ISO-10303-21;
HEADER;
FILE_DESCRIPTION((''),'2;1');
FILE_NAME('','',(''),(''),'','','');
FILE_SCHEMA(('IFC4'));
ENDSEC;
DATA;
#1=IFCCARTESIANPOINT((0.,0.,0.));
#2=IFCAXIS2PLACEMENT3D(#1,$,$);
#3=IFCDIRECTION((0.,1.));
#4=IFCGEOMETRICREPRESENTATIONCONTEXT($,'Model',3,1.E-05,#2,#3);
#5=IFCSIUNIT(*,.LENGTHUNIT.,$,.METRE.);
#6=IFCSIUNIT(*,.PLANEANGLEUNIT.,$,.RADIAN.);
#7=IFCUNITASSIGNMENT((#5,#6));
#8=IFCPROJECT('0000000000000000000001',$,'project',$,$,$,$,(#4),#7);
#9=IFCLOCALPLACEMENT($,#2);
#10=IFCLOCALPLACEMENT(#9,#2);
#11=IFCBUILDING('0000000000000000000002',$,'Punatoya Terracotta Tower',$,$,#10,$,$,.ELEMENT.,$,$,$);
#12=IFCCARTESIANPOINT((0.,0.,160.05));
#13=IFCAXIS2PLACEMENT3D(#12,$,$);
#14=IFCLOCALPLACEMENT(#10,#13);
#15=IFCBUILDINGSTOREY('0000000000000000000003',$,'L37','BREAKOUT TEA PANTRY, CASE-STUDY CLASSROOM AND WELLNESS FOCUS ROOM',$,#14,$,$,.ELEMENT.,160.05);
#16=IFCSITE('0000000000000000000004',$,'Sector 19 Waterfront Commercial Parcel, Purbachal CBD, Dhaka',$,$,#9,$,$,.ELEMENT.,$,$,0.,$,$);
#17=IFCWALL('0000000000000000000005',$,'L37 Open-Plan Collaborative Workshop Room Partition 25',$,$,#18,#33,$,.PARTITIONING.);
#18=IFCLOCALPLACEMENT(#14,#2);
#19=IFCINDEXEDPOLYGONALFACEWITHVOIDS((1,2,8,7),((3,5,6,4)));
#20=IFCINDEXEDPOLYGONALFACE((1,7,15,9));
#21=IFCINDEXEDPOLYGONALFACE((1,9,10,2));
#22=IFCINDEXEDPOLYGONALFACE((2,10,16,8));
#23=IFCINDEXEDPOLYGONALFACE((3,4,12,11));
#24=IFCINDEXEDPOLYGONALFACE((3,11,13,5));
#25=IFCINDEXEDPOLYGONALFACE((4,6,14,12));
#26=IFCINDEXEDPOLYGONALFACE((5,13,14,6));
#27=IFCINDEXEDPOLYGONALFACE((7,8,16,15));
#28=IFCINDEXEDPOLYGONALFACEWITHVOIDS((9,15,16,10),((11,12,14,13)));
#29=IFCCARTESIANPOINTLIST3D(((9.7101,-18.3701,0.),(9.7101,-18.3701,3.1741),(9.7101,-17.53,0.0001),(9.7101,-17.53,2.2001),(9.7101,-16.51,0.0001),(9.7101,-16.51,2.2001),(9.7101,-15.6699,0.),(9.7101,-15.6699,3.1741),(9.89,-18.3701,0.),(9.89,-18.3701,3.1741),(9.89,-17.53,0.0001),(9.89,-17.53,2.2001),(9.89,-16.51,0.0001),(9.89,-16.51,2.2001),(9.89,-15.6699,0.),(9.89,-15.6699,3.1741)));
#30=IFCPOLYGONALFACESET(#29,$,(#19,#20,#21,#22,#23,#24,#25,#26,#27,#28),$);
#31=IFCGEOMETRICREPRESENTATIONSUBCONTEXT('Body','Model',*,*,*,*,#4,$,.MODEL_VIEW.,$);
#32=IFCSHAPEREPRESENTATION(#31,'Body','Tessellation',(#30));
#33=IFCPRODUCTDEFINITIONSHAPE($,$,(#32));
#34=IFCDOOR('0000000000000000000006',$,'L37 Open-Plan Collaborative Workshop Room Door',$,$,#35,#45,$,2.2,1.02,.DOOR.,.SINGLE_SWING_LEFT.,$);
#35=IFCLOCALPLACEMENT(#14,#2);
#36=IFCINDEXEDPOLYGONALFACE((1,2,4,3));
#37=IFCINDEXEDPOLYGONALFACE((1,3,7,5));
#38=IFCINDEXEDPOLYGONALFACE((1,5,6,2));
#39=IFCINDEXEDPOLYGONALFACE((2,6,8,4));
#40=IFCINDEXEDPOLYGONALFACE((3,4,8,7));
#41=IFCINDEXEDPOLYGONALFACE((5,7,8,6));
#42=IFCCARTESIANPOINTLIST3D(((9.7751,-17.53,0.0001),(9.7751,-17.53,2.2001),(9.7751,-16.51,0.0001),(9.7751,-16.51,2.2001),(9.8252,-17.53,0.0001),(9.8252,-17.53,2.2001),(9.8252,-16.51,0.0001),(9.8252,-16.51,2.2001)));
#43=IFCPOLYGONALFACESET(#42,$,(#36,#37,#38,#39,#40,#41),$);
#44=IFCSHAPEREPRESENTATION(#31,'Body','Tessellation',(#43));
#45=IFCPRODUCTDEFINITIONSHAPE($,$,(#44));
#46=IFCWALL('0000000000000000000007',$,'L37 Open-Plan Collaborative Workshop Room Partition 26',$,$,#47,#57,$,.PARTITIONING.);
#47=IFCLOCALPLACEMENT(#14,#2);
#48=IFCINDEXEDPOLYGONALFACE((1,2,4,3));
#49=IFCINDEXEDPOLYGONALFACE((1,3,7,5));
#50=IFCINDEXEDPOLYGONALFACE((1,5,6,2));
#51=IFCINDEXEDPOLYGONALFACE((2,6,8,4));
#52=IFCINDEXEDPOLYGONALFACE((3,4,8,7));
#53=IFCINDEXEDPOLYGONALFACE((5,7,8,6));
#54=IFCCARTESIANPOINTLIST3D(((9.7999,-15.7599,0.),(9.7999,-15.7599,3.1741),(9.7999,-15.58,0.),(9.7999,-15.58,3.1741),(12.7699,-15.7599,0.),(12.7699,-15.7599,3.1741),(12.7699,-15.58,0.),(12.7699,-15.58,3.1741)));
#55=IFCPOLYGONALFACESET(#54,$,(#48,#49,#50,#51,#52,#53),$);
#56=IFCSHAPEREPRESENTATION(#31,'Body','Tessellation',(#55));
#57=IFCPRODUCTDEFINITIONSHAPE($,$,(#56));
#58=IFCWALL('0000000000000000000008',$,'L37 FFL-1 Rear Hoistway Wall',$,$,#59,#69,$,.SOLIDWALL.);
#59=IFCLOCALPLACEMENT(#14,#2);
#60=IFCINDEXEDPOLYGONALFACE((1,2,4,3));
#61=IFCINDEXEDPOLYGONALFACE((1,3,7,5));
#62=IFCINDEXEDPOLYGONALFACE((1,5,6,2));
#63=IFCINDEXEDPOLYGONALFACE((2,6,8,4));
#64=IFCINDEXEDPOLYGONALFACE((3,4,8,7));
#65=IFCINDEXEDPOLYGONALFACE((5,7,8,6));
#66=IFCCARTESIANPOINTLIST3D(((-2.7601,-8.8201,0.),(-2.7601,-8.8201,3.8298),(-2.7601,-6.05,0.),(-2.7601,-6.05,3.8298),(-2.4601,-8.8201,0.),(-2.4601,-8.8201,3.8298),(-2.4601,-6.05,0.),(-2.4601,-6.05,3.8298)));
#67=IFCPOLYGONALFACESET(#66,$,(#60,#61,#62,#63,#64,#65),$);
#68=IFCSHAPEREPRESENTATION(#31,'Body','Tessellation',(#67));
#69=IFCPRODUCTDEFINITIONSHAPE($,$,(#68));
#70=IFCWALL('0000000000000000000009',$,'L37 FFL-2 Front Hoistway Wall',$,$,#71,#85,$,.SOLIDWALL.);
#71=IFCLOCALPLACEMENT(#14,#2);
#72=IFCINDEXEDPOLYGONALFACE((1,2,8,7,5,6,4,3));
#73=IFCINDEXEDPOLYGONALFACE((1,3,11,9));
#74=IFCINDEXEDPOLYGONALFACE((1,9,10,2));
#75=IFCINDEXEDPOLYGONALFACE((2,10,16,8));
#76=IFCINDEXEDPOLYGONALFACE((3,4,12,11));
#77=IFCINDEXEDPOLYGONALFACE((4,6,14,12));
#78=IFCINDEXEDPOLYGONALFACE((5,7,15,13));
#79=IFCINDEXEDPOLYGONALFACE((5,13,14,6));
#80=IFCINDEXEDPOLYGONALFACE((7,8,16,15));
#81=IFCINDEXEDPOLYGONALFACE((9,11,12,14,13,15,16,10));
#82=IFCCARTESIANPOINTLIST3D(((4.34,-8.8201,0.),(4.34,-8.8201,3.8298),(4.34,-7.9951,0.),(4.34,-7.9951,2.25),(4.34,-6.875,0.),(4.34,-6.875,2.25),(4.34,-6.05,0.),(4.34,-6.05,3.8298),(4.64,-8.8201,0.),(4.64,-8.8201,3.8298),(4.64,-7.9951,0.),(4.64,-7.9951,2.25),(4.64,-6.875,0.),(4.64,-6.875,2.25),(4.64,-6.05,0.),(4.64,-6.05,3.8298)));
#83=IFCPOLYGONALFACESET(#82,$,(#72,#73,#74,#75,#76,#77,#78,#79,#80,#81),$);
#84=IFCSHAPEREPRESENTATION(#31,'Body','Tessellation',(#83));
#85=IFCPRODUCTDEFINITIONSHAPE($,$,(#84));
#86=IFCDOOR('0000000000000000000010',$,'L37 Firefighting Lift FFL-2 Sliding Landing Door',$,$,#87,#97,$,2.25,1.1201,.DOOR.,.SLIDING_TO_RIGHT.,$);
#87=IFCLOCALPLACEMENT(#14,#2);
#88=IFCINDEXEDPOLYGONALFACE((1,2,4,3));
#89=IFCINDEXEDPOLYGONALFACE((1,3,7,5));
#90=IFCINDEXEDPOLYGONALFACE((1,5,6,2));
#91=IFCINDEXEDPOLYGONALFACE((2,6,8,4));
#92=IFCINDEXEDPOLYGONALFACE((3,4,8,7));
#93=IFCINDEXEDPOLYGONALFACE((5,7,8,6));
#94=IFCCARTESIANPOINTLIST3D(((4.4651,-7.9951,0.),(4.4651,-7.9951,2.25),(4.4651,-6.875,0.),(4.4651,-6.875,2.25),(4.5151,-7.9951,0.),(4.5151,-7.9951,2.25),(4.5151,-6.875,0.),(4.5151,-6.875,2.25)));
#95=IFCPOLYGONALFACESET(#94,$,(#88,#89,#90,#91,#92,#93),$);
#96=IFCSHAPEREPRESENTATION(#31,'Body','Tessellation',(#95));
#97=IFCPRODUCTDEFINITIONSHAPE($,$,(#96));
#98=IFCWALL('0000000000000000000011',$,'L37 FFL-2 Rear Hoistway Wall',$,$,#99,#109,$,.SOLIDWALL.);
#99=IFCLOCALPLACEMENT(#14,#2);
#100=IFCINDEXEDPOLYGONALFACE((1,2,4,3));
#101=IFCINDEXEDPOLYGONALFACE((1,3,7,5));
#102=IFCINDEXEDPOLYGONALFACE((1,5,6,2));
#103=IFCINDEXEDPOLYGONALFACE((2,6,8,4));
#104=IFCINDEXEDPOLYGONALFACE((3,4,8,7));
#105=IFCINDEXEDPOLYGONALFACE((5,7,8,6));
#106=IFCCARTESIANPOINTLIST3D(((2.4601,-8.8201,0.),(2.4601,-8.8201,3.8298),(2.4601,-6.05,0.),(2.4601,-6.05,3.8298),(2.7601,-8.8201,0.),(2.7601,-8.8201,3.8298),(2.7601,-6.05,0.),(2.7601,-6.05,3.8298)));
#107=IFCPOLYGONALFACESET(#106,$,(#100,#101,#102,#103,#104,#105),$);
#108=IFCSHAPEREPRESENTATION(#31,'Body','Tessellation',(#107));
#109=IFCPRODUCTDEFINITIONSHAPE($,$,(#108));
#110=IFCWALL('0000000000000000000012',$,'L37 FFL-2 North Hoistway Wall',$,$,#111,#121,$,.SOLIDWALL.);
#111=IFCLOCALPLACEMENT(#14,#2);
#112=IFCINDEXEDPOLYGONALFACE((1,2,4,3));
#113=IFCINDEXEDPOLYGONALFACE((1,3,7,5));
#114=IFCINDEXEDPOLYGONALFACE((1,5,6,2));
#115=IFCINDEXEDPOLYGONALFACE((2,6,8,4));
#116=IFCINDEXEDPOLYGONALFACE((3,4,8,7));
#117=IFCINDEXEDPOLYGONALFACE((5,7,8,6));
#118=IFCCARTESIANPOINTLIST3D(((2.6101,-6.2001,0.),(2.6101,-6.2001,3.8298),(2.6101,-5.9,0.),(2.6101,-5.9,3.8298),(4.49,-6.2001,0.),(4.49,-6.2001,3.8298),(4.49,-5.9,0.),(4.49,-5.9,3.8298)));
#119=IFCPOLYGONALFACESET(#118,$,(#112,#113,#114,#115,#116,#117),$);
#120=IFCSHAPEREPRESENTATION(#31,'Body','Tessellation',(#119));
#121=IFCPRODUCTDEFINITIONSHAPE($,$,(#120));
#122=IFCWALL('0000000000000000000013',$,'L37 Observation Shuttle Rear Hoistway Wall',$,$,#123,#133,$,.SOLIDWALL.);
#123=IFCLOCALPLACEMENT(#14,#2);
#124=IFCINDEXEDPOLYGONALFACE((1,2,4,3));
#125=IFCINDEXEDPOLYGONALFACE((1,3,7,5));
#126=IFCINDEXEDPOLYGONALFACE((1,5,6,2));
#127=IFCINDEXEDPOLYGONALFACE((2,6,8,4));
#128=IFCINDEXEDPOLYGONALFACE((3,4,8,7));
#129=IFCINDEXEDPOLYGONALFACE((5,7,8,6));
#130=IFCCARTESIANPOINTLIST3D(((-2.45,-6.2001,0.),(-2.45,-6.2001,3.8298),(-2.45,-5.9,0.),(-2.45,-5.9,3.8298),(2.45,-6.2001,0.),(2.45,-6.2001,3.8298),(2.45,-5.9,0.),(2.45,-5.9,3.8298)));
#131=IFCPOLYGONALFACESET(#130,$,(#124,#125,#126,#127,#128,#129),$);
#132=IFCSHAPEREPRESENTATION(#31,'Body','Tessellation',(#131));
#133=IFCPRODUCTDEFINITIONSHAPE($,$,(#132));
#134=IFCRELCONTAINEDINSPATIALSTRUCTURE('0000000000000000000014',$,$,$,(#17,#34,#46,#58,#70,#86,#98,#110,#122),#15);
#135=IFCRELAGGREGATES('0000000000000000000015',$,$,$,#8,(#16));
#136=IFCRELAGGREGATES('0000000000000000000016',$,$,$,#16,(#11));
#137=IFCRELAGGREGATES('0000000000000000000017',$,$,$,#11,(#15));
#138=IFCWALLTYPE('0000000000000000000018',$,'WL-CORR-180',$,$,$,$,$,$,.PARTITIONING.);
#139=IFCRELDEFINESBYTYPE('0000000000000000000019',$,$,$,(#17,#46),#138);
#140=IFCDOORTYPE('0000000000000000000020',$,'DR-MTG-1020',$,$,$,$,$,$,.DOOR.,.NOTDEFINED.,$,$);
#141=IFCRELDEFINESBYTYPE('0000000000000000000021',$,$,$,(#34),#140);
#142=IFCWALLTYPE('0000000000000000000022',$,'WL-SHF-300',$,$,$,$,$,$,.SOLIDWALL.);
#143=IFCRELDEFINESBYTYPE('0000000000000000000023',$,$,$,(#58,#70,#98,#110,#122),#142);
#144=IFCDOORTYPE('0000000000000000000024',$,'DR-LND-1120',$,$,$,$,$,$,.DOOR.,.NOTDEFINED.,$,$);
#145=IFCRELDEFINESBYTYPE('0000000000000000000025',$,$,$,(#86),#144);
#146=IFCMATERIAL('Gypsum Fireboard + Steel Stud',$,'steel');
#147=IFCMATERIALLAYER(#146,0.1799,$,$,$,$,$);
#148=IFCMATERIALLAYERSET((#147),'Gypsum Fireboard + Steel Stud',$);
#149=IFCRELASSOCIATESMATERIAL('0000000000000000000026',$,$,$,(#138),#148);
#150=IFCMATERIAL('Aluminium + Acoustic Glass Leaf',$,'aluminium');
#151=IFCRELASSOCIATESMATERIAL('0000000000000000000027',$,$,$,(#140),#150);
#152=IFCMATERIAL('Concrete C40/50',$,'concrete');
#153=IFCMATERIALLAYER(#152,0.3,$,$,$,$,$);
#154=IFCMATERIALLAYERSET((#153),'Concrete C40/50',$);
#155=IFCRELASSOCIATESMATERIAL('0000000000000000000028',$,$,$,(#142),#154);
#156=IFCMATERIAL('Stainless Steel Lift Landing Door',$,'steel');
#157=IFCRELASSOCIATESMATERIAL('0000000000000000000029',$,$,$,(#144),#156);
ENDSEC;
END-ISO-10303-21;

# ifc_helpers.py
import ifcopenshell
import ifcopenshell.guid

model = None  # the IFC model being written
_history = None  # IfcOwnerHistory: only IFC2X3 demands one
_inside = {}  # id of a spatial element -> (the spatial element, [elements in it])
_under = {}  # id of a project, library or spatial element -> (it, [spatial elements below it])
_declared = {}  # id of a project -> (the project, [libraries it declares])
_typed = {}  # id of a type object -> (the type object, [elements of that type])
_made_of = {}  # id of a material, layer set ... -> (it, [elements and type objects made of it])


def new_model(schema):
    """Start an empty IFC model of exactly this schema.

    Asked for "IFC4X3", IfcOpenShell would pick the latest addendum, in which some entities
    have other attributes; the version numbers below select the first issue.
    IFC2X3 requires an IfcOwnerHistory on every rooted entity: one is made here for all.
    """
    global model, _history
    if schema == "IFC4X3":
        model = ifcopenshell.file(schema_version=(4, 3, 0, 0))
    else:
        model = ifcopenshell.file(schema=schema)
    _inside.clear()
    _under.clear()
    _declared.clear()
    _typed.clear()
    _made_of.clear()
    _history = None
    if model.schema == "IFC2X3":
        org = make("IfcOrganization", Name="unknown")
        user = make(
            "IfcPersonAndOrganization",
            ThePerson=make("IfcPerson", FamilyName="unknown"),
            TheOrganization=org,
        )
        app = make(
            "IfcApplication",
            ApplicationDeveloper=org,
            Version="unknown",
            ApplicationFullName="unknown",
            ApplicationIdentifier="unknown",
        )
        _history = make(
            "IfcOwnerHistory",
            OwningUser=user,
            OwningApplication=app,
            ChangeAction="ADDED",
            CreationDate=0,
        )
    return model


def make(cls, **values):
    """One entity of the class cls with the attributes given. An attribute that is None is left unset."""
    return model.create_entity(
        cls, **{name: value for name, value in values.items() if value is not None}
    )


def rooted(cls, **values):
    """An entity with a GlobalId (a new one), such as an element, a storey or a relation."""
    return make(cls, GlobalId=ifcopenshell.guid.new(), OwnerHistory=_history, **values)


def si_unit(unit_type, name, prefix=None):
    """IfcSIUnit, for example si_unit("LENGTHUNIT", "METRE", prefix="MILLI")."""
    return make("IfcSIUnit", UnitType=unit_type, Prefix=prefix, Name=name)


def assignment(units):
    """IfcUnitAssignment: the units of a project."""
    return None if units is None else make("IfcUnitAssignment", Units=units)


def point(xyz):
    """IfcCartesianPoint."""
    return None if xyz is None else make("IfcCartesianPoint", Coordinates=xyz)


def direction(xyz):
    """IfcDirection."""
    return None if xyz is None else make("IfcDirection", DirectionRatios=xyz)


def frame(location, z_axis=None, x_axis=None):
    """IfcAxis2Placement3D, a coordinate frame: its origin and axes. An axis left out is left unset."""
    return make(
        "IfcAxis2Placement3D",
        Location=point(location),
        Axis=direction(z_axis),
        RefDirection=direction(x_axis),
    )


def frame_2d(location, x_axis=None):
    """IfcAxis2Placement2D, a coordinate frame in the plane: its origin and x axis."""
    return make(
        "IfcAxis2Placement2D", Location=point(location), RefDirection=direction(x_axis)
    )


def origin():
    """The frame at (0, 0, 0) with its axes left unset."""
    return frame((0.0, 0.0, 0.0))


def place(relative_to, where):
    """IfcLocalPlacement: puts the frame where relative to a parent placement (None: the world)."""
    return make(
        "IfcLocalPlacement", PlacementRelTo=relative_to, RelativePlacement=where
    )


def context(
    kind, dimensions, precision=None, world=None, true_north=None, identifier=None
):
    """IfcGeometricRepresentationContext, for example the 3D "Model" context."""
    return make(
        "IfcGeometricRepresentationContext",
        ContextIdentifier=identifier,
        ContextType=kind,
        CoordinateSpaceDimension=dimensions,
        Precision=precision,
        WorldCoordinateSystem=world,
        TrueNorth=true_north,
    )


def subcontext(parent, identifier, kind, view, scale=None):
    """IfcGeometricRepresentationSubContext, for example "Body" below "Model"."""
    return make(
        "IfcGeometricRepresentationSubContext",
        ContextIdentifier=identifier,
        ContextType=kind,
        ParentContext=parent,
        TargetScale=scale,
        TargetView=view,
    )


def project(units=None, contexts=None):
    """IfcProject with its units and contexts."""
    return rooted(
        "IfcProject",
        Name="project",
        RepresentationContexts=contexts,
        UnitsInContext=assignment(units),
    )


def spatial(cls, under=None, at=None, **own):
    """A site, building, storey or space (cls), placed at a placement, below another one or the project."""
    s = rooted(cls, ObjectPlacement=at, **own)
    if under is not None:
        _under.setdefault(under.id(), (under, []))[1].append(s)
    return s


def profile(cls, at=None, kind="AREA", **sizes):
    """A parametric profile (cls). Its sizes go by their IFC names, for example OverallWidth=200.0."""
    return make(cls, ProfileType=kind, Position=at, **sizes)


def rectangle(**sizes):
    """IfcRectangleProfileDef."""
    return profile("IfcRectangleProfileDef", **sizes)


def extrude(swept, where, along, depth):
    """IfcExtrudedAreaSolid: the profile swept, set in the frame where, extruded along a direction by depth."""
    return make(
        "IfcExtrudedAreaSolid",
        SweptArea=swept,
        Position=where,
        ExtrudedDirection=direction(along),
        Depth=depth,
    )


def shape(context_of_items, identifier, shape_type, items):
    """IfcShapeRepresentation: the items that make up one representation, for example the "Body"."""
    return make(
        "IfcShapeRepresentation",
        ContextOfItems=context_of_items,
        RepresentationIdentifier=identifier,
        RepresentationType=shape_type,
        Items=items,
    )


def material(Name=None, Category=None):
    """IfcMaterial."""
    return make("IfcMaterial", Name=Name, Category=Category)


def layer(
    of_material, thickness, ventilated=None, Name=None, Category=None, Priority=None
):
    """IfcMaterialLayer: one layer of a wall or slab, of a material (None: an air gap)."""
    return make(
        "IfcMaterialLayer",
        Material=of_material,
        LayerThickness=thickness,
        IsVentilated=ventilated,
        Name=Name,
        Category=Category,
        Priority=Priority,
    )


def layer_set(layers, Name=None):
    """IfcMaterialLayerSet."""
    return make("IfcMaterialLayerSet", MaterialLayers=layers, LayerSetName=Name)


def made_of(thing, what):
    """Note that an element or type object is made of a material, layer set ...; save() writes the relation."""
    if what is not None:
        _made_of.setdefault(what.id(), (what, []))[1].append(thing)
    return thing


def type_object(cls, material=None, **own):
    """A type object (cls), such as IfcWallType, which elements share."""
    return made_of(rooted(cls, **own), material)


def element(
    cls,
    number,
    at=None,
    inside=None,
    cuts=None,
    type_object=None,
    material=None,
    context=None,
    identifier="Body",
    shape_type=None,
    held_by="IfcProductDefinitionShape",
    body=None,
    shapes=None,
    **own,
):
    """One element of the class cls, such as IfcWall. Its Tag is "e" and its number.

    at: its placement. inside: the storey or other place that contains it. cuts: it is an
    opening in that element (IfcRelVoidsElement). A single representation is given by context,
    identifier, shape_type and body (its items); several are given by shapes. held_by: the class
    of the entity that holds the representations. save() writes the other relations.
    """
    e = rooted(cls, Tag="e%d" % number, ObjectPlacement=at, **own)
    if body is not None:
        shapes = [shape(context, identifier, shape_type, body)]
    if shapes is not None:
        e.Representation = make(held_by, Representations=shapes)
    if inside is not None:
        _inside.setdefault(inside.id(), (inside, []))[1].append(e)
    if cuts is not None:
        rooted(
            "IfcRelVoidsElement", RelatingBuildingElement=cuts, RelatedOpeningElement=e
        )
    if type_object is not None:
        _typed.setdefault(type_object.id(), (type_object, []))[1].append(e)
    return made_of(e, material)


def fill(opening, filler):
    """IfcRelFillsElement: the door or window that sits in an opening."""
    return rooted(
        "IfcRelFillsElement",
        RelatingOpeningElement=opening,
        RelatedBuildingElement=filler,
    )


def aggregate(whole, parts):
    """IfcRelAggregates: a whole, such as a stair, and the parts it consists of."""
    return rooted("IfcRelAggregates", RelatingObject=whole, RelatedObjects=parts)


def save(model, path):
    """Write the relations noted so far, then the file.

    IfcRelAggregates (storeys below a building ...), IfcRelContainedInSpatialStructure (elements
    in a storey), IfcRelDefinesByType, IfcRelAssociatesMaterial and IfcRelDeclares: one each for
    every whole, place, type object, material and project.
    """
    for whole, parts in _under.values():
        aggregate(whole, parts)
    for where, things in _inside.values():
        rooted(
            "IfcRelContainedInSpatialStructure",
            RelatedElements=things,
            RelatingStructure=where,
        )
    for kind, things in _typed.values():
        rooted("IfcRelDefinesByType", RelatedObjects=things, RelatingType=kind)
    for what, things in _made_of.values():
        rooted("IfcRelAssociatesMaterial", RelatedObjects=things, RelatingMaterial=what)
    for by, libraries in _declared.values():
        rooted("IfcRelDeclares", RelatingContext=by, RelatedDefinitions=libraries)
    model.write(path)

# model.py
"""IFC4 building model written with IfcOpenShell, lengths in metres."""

from ifc_helpers import new_model, si_unit, direction, frame, frame_2d, origin, place, context, subcontext, project, spatial, rectangle, extrude, material, layer, layer_set, type_object, element, fill, save


model = new_model("IFC4")

# Units and contexts
model_context = context("Model", 3, precision=1e-05, world=origin(), true_north=direction((0.0, 1.0)))
body_context = subcontext(model_context, "Body", "Model", "MODEL_VIEW")
ifc_project = project(units=[si_unit("LENGTHUNIT", "METRE"), si_unit("PLANEANGLEUNIT", "RADIAN")], contexts=[model_context])

# Site, building, storey
site_placement = place(None, origin())
site = spatial("IfcSite", under=ifc_project, at=site_placement, Name="Sector 19 Waterfront Commercial Parcel, Purbachal CBD, Dhaka", CompositionType="ELEMENT", RefElevation=0.0)
building_placement = place(site_placement, origin())
building = spatial("IfcBuilding", under=site, at=building_placement, Name="Punatoya Terracotta Tower", CompositionType="ELEMENT")
storey_placement = place(building_placement, frame((0.0, 0.0, 160.05)))
storey = spatial("IfcBuildingStorey", under=building, at=storey_placement, Name="L37", Description="BREAKOUT TEA PANTRY, CASE-STUDY CLASSROOM AND WELLNESS FOCUS ROOM", CompositionType="ELEMENT", Elevation=160.05)

# Wall, opening, door
ifc_material_1 = material(Name="Gypsum Fireboard + Steel Stud", Category="steel")
ifc_layer_1 = layer(ifc_material_1, 0.1799)
ifc_layer_set_1 = layer_set([ifc_layer_1], Name="Gypsum Fireboard + Steel Stud")
wall_type_1 = type_object("IfcWallType", Name="WL-CORR-180", PredefinedType="PARTITIONING", material=ifc_layer_set_1)
ifc_material_2 = material(Name="Aluminium + Acoustic Glass Leaf", Category="aluminium")
door_type_1 = type_object("IfcDoorType", Name="DR-MTG-1020", OperationType="NOTDEFINED", PredefinedType="DOOR", material=ifc_material_2)
wall_1_placement = place(storey_placement, frame((9.8, -18.3701, 0.0), z_axis=(0.0, 0.0, 1.0), x_axis=(0.0, 1.0, 0.0)))
wall_1 = element("IfcWall", 1, at=wall_1_placement, inside=storey, type_object=wall_type_1, Name="L37 Open-Plan Collaborative Workshop Room Partition 25", PredefinedType="PARTITIONING", context=body_context, shape_type="SweptSolid", body=[
    extrude(rectangle(XDim=2.7002, YDim=0.1799, at=frame_2d((1.3501, 0.0))), origin(), (0.0, 0.0, 1.0), 3.1741),
])
opening_1_placement = place(wall_1_placement, frame((0.8401, 0.0, 0.0)))
opening_1 = element("IfcOpeningElement", 2, at=opening_1_placement, cuts=wall_1, PredefinedType="OPENING", context=body_context, shape_type="SweptSolid", body=[
    extrude(rectangle(XDim=1.02, YDim=2.2, at=frame_2d((0.51, 1.1001))), frame((0.0, 0.0999, 0.0), z_axis=(0.0, -1.0, 0.0), x_axis=(1.0, 0.0, 0.0)), (0.0, 0.0, 1.0), 0.2),
])
door_1_placement = place(opening_1_placement, origin())
door_1 = element("IfcDoor", 3, at=door_1_placement, inside=storey, type_object=door_type_1, Name="L37 Open-Plan Collaborative Workshop Room Door", OperationType="SINGLE_SWING_LEFT", OverallHeight=2.2, OverallWidth=1.02, PredefinedType="DOOR", context=body_context, shape_type="SweptSolid", body=[
    extrude(rectangle(XDim=1.02, YDim=2.2, at=frame_2d((0.51, 1.1001))), frame((0.0, 0.0249, 0.0), z_axis=(0.0, -1.0, 0.0), x_axis=(1.0, 0.0, 0.0)), (0.0, 0.0, 1.0), 0.05),
])
fill(opening_1, door_1)

# Walls
wall_2_placement = place(storey_placement, frame((9.8, -15.6699, 0.0), z_axis=(0.0, 0.0, 1.0), x_axis=(1.0, 0.0, 0.0)))
element("IfcWall", 4, at=wall_2_placement, inside=storey, type_object=wall_type_1, Name="L37 Open-Plan Collaborative Workshop Room Partition 26", PredefinedType="PARTITIONING", context=body_context, shape_type="SweptSolid", body=[
    extrude(rectangle(XDim=2.97, YDim=0.1799, at=frame_2d((1.4849, 0.0))), origin(), (0.0, 0.0, 1.0), 3.1741),
])
ifc_material_3 = material(Name="Concrete C40/50", Category="concrete")
ifc_layer_2 = layer(ifc_material_3, 0.3)
ifc_layer_set_2 = layer_set([ifc_layer_2], Name="Concrete C40/50")
wall_type_2 = type_object("IfcWallType", Name="WL-SHF-300", PredefinedType="SOLIDWALL", material=ifc_layer_set_2)
wall_3_placement = place(storey_placement, frame((-2.6101, -8.8201, 0.0), z_axis=(0.0, 0.0, 1.0), x_axis=(0.0, 1.0, 0.0)))
element("IfcWall", 5, at=wall_3_placement, inside=storey, type_object=wall_type_2, Name="L37 FFL-1 Rear Hoistway Wall", PredefinedType="SOLIDWALL", context=body_context, shape_type="SweptSolid", body=[
    extrude(rectangle(XDim=2.77, YDim=0.3, at=frame_2d((1.385, 0.0))), origin(), (0.0, 0.0, 1.0), 3.8298),
])

# Wall, opening, door
wall_4_placement = place(storey_placement, frame((4.49, -8.8201, 0.0), z_axis=(0.0, 0.0, 1.0), x_axis=(0.0, 1.0, 0.0)))
wall_4 = element("IfcWall", 6, at=wall_4_placement, inside=storey, type_object=wall_type_2, Name="L37 FFL-2 Front Hoistway Wall", PredefinedType="SOLIDWALL", context=body_context, shape_type="SweptSolid", body=[
    extrude(rectangle(XDim=2.77, YDim=0.3, at=frame_2d((1.385, 0.0))), origin(), (0.0, 0.0, 1.0), 3.8298),
])
opening_2_placement = place(wall_4_placement, frame((0.825, 0.0, 0.0)))
opening_2 = element("IfcOpeningElement", 7, at=opening_2_placement, cuts=wall_4, PredefinedType="OPENING", context=body_context, shape_type="SweptSolid", body=[
    extrude(rectangle(XDim=1.1201, YDim=2.25, at=frame_2d((0.5601, 1.125))), frame((0.0, 0.1599, 0.0), z_axis=(0.0, -1.0, 0.0), x_axis=(1.0, 0.0, 0.0)), (0.0, 0.0, 1.0), 0.3201),
])
ifc_material_4 = material(Name="Stainless Steel Lift Landing Door", Category="steel")
door_type_2 = type_object("IfcDoorType", Name="DR-LND-1120", OperationType="NOTDEFINED", PredefinedType="DOOR", material=ifc_material_4)
door_2_placement = place(opening_2_placement, origin())
door_2 = element("IfcDoor", 8, at=door_2_placement, inside=storey, type_object=door_type_2, Name="L37 Firefighting Lift FFL-2 Sliding Landing Door", OperationType="SLIDING_TO_RIGHT", OverallHeight=2.25, OverallWidth=1.1201, PredefinedType="DOOR", context=body_context, shape_type="SweptSolid", body=[
    extrude(rectangle(XDim=1.1201, YDim=2.25, at=frame_2d((0.5601, 1.125))), frame((0.0, 0.0249, 0.0), z_axis=(0.0, -1.0, 0.0), x_axis=(1.0, 0.0, 0.0)), (0.0, 0.0, 1.0), 0.05),
])
fill(opening_2, door_2)

# Walls
wall_5_placement = place(storey_placement, frame((2.6101, -8.8201, 0.0), z_axis=(0.0, 0.0, 1.0), x_axis=(0.0, 1.0, 0.0)))
element("IfcWall", 9, at=wall_5_placement, inside=storey, type_object=wall_type_2, Name="L37 FFL-2 Rear Hoistway Wall", PredefinedType="SOLIDWALL", context=body_context, shape_type="SweptSolid", body=[
    extrude(rectangle(XDim=2.77, YDim=0.3, at=frame_2d((1.385, 0.0))), origin(), (0.0, 0.0, 1.0), 3.8298),
])
wall_6_placement = place(storey_placement, frame((2.6101, -6.05, 0.0), z_axis=(0.0, 0.0, 1.0), x_axis=(1.0, 0.0, 0.0)))
element("IfcWall", 10, at=wall_6_placement, inside=storey, type_object=wall_type_2, Name="L37 FFL-2 North Hoistway Wall", PredefinedType="SOLIDWALL", context=body_context, shape_type="SweptSolid", body=[
    extrude(rectangle(XDim=1.8799, YDim=0.3, at=frame_2d((0.9399, 0.0))), origin(), (0.0, 0.0, 1.0), 3.8298),
])
wall_7_placement = place(storey_placement, frame((-2.45, -6.05, 0.0), z_axis=(0.0, 0.0, 1.0), x_axis=(1.0, 0.0, 0.0)))
element("IfcWall", 11, at=wall_7_placement, inside=storey, type_object=wall_type_2, Name="L37 Observation Shuttle Rear Hoistway Wall", PredefinedType="SOLIDWALL", context=body_context, shape_type="SweptSolid", body=[
    extrude(rectangle(XDim=4.8999, YDim=0.3, at=frame_2d((2.45, 0.0))), origin(), (0.0, 0.0, 1.0), 3.8298),
])

save(model, "model.ifc")
